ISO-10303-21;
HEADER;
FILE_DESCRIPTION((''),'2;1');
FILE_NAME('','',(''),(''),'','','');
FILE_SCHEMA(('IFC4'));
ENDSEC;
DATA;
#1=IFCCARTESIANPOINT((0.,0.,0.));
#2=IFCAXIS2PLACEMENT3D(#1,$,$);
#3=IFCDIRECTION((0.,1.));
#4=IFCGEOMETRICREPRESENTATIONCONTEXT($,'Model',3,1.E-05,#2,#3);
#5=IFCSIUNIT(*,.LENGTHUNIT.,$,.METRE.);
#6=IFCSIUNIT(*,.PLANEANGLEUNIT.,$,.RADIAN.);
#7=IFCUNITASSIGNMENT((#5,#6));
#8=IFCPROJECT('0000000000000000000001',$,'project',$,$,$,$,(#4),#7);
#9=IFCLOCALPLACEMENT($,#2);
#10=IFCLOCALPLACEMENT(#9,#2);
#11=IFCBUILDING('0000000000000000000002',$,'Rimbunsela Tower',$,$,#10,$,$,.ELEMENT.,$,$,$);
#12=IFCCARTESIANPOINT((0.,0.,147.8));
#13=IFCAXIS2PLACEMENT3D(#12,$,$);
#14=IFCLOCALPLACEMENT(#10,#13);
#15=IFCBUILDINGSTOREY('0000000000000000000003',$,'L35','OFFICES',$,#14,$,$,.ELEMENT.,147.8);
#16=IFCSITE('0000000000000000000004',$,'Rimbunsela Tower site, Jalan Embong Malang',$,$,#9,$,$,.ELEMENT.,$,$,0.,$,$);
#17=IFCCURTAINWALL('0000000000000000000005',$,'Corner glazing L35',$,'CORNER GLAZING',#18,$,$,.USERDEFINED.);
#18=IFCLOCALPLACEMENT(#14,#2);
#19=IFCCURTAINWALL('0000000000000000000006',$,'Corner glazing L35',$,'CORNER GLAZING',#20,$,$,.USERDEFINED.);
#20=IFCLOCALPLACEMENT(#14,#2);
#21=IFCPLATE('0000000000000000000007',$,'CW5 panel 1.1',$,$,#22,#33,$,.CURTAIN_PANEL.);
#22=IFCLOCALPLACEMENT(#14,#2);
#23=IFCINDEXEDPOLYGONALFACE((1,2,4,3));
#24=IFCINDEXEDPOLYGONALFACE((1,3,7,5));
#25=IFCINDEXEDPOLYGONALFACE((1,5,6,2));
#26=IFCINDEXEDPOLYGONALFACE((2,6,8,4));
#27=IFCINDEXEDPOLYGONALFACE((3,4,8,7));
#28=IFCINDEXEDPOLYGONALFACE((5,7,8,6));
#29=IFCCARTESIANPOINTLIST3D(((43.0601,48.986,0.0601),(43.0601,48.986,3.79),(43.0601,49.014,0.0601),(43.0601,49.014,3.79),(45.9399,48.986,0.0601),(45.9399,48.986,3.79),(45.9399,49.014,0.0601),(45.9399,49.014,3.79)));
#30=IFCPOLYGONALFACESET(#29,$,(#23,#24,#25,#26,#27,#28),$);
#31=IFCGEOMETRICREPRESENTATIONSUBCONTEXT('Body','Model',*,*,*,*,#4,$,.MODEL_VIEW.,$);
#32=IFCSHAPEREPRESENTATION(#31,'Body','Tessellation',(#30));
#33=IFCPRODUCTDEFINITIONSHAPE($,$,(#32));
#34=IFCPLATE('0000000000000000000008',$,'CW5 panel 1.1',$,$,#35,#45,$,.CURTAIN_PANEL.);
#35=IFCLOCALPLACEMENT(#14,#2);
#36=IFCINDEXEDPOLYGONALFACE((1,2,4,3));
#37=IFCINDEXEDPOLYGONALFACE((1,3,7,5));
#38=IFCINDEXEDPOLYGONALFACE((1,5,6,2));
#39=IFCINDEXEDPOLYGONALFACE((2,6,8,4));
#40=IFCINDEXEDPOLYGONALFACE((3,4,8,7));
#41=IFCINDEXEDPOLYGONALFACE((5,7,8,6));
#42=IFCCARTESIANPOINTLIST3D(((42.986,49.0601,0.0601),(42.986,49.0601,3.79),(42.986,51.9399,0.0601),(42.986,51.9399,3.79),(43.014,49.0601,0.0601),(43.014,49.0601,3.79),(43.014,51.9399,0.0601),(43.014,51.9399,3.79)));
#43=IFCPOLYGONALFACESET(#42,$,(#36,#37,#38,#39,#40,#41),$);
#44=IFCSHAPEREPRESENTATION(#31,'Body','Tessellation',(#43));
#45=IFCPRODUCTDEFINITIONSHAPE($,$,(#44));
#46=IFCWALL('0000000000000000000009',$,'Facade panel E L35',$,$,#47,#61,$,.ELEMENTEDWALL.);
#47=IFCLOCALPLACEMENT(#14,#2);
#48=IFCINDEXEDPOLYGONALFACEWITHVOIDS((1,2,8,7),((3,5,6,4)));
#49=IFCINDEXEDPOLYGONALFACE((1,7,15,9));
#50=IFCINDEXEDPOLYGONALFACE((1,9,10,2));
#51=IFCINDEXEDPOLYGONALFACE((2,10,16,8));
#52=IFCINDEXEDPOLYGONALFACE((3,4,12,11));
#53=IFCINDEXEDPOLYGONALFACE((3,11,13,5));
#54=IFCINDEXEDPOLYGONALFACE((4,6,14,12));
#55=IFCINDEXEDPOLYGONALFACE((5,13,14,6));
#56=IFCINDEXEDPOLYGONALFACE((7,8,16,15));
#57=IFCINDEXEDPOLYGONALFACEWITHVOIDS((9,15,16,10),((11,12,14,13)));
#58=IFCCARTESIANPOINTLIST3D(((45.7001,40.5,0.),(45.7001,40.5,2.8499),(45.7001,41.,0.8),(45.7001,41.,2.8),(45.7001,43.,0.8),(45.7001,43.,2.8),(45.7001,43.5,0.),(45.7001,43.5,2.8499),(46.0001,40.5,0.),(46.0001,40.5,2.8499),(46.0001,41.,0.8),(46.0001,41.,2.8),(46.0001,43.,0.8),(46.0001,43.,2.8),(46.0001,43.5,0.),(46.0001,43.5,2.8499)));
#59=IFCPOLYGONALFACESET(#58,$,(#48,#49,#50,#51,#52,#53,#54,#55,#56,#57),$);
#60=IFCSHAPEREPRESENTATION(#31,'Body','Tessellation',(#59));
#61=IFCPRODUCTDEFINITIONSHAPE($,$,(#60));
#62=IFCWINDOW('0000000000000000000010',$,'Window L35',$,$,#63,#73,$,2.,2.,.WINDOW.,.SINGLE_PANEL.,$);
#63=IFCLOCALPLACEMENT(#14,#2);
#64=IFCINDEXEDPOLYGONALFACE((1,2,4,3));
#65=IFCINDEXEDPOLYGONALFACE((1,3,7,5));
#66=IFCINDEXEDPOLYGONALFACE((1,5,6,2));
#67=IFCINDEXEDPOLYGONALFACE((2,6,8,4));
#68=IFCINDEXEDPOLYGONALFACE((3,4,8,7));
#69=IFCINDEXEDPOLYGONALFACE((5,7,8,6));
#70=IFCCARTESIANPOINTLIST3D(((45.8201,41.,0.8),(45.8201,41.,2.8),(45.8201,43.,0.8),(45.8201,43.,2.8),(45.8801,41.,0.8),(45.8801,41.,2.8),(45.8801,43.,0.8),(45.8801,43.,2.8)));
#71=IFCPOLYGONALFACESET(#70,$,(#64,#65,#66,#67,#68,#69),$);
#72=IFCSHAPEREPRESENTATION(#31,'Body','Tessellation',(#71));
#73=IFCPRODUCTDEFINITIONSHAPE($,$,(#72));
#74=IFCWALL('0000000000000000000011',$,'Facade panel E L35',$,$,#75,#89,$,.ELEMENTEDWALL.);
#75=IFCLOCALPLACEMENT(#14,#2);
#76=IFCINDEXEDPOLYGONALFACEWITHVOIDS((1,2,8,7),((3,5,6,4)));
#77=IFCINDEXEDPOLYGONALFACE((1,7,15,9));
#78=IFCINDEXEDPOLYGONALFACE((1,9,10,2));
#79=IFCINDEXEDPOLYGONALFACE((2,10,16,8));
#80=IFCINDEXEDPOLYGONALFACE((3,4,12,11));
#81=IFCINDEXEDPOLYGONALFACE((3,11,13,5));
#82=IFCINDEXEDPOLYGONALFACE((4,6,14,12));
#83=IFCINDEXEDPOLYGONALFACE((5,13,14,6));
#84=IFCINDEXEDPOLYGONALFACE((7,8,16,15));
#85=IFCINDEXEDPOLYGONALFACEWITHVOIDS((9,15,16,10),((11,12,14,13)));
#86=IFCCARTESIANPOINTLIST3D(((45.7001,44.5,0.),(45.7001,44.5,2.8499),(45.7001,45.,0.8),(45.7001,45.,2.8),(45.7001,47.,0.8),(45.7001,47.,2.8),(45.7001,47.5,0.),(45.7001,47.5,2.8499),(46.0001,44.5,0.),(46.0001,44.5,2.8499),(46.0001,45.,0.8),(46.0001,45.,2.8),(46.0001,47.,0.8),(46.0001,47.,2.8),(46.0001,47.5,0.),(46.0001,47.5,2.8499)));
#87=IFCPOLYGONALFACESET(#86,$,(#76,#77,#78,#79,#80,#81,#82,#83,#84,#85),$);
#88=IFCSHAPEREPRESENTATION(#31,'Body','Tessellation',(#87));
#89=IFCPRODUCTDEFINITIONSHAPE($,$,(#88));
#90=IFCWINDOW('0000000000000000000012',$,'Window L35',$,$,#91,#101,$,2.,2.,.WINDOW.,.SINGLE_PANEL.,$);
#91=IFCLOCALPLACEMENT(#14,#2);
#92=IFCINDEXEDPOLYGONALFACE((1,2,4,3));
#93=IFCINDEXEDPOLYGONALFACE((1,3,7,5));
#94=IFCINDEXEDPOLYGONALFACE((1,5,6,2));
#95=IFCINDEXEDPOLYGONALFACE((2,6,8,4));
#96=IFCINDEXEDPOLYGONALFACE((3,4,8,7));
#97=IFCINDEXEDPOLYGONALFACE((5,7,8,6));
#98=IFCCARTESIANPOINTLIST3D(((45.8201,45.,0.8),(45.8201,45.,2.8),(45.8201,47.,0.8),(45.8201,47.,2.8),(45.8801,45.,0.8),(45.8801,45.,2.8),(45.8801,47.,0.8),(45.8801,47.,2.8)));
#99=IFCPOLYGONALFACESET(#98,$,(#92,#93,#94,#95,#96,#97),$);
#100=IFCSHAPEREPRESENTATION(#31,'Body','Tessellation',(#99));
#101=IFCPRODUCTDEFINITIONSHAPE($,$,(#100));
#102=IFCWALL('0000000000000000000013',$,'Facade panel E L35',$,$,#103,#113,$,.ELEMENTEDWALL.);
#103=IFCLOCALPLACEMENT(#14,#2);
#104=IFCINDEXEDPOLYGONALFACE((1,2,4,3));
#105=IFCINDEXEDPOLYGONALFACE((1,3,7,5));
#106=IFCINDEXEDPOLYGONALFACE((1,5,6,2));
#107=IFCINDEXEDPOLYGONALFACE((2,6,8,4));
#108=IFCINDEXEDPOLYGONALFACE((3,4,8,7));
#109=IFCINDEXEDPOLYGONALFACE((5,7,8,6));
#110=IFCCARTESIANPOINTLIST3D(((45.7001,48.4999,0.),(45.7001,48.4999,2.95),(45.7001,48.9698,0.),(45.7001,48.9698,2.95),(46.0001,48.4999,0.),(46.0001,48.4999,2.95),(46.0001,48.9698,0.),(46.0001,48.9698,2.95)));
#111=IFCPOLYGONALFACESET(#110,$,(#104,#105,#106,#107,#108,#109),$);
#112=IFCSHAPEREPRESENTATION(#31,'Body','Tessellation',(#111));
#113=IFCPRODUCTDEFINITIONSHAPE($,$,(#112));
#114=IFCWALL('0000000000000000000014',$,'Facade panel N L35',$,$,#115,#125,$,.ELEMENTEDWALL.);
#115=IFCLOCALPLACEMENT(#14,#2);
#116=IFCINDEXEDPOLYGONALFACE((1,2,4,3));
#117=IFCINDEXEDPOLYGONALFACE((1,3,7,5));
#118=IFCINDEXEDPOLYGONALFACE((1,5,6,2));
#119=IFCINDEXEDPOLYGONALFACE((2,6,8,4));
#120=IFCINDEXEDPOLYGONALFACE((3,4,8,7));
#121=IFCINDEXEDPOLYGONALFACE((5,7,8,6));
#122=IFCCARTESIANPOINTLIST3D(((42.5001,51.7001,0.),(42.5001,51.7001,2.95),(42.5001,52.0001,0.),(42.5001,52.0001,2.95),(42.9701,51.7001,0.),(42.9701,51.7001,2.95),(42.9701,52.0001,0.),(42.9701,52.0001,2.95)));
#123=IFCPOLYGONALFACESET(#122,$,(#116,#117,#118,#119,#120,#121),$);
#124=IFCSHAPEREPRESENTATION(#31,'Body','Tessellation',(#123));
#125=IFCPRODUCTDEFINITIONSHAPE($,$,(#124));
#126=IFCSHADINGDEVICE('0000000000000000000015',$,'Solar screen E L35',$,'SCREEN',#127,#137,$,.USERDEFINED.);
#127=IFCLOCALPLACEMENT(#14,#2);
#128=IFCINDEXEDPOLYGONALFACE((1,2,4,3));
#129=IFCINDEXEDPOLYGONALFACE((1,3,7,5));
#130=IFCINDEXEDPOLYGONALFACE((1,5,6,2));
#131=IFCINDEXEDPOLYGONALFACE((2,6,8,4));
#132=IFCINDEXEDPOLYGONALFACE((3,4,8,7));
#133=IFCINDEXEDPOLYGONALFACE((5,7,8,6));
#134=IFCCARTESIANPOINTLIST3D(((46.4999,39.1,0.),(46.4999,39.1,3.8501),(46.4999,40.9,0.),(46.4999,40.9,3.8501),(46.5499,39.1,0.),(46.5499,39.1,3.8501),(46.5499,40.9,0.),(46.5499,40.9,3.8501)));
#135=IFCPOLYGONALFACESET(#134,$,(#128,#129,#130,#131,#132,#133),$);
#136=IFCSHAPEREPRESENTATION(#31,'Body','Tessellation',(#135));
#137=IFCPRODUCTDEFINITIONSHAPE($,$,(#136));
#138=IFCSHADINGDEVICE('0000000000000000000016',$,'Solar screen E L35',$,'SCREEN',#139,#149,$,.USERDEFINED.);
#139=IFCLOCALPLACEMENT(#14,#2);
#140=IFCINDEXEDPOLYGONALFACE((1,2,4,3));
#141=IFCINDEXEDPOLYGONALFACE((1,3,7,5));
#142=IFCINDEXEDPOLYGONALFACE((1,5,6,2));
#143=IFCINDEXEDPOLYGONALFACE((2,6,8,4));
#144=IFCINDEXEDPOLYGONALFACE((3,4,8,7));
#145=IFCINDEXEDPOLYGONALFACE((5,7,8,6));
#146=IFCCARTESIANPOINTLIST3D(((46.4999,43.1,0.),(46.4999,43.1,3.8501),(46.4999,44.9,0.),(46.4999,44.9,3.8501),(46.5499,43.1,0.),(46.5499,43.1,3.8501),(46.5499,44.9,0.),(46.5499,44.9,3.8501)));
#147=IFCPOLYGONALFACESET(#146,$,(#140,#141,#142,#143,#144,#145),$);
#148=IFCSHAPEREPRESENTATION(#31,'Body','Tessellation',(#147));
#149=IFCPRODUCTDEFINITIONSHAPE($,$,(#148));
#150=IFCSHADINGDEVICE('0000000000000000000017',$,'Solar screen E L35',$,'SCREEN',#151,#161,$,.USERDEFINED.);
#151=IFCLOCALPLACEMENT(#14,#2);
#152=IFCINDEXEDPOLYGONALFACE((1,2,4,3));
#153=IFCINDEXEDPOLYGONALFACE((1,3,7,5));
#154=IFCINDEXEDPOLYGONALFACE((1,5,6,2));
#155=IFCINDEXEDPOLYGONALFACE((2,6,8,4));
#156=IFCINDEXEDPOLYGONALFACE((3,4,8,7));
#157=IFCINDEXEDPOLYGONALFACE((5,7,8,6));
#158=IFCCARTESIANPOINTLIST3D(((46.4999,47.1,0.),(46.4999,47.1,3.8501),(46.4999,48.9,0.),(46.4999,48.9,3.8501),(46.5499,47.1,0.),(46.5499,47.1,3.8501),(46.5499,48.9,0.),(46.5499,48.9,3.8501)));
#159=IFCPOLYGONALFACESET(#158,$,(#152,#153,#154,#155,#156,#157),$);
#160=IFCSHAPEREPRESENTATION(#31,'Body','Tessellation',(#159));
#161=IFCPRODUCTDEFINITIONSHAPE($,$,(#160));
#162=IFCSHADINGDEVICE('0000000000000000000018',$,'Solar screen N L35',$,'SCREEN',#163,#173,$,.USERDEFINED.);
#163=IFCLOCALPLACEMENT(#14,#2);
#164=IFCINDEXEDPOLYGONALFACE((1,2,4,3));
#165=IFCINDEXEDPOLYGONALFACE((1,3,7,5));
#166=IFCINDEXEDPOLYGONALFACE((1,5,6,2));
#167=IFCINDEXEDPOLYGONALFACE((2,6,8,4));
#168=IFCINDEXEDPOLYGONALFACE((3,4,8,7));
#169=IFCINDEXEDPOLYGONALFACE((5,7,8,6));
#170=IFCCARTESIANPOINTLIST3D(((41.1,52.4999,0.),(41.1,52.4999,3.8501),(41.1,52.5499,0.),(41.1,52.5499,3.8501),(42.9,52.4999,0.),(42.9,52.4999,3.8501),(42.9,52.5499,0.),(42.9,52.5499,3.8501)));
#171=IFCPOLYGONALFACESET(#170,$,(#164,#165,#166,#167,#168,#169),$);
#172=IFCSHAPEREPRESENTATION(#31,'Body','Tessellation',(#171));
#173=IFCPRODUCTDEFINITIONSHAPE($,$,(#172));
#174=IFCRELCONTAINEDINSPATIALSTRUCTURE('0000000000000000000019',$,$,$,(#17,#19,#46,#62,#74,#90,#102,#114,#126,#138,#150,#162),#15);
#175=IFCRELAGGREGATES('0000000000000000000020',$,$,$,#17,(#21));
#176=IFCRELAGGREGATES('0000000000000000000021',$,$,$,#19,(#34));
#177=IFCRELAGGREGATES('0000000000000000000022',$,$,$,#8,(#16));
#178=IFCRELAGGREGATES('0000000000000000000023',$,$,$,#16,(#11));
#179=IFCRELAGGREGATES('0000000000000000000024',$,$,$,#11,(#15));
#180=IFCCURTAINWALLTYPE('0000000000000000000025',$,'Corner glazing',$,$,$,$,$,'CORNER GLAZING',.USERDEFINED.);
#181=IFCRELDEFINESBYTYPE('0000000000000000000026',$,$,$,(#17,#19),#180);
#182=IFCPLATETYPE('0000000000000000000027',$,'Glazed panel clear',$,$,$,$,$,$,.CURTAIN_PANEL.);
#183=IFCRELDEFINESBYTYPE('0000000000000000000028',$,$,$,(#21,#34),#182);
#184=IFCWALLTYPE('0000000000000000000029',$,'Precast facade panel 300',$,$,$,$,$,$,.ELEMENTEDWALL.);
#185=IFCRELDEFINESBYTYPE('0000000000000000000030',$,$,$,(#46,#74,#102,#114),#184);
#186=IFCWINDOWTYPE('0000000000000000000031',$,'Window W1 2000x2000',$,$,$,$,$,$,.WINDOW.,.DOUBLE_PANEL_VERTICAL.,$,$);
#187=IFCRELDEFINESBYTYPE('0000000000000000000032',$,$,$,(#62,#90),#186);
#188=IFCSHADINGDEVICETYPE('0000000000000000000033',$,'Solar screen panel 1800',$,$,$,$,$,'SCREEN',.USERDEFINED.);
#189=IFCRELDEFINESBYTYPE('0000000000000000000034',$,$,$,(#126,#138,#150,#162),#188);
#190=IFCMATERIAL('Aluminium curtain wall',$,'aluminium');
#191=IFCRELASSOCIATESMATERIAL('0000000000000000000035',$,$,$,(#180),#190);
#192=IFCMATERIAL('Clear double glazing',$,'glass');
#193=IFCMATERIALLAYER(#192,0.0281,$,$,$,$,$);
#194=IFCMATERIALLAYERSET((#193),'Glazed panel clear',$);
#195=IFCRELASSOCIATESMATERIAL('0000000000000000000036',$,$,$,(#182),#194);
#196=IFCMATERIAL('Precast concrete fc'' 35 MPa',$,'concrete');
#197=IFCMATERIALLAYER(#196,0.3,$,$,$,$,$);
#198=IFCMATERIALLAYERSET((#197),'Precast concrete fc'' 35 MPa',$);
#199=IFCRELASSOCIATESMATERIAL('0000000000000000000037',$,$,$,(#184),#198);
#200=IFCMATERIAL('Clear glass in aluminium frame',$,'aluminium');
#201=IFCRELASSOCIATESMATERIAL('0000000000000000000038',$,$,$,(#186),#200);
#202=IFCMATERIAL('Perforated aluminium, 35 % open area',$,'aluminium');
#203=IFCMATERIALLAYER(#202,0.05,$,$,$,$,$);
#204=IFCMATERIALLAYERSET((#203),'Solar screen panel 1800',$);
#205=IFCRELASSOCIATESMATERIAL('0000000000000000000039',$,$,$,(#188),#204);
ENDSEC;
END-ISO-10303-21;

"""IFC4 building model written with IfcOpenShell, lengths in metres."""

from ifc_helpers import new_model, si_unit, direction, frame, frame_2d, origin, origin_2d, place, context, subcontext, project, spatial, rectangle, extrude, material, layer, layer_set, type_object, element, fill, aggregate, save


model = new_model("IFC4")

# Units and contexts
model_context = context("Model", 3, precision=1e-05, world=origin(), true_north=direction((0.0, 1.0)))
body_context = subcontext(model_context, "Body", "Model", "MODEL_VIEW")
ifc_project = project(units=[si_unit("LENGTHUNIT", "METRE"), si_unit("PLANEANGLEUNIT", "RADIAN")], contexts=[model_context])

# Site, building, storey
site_placement = place(None, origin())
site = spatial("IfcSite", under=ifc_project, at=site_placement, Name="Rimbunsela Tower site, Jalan Embong Malang", CompositionType="ELEMENT", RefElevation=0.0)
building_placement = place(site_placement, origin())
building = spatial("IfcBuilding", under=site, at=building_placement, Name="Rimbunsela Tower", CompositionType="ELEMENT")
storey_placement = place(building_placement, frame((0.0, 0.0, 147.8)))
storey = spatial("IfcBuildingStorey", under=building, at=storey_placement, Name="L35", Description="OFFICES", CompositionType="ELEMENT", Elevation=147.8)

# Curtain walls
ifc_material_1 = material(Name="Aluminium curtain wall", Category="aluminium")
curtain_wall_type = type_object("IfcCurtainWallType", Name="Corner glazing", ElementType="CORNER GLAZING", PredefinedType="USERDEFINED", material=ifc_material_1)
curtain_wall_1_placement = place(storey_placement, origin())
curtain_wall_1 = element("IfcCurtainWall", 1, at=curtain_wall_1_placement, inside=storey, type_object=curtain_wall_type, Name="Corner glazing L35", ObjectType="CORNER GLAZING", PredefinedType="USERDEFINED")
curtain_wall_2_placement = place(storey_placement, origin())
curtain_wall_2 = element("IfcCurtainWall", 2, at=curtain_wall_2_placement, inside=storey, type_object=curtain_wall_type, Name="Corner glazing L35", ObjectType="CORNER GLAZING", PredefinedType="USERDEFINED")

# Plates
ifc_material_2 = material(Name="Clear double glazing", Category="glass")
ifc_layer_1 = layer(ifc_material_2, 0.0281)
ifc_layer_set_1 = layer_set([ifc_layer_1], Name="Glazed panel clear")
plate_type = type_object("IfcPlateType", Name="Glazed panel clear", PredefinedType="CURTAIN_PANEL", material=ifc_layer_set_1)
plate_1_placement = place(storey_placement, frame((44.5, 49.0, 0.0601), z_axis=(0.0, 0.0, 1.0), x_axis=(-1.0, 0.0, 0.0)))
plate_1 = element("IfcPlate", 3, at=plate_1_placement, type_object=plate_type, Name="CW5 panel 1.1", PredefinedType="CURTAIN_PANEL", context=body_context, shape_type="SweptSolid", body=[
    extrude(rectangle(XDim=2.8799, YDim=0.0281, at=origin_2d()), origin(), (0.0, 0.0, 1.0), 3.73),
])
aggregate(curtain_wall_1, [plate_1])
plate_2_placement = place(storey_placement, frame((43.0, 50.5, 0.0601), z_axis=(0.0, 0.0, 1.0), x_axis=(0.0, 1.0, 0.0)))
plate_2 = element("IfcPlate", 4, at=plate_2_placement, type_object=plate_type, Name="CW5 panel 1.1", PredefinedType="CURTAIN_PANEL", context=body_context, shape_type="SweptSolid", body=[
    extrude(rectangle(XDim=2.8799, YDim=0.0281, at=origin_2d()), origin(), (0.0, 0.0, 1.0), 3.73),
])
aggregate(curtain_wall_2, [plate_2])

# Walls, openings, windows
ifc_material_3 = material(Name="Precast concrete fc' 35 MPa", Category="concrete")
ifc_layer_2 = layer(ifc_material_3, 0.3)
ifc_layer_set_2 = layer_set([ifc_layer_2], Name="Precast concrete fc' 35 MPa")
wall_type = type_object("IfcWallType", Name="Precast facade panel 300", PredefinedType="ELEMENTEDWALL", material=ifc_layer_set_2)
wall_1_placement = place(storey_placement, frame((45.8501, 40.5, 0.0), z_axis=(0.0, 0.0, 1.0), x_axis=(0.0, 1.0, 0.0)))
wall_1 = element("IfcWall", 5, at=wall_1_placement, inside=storey, type_object=wall_type, Name="Facade panel E L35", PredefinedType="ELEMENTEDWALL", context=body_context, shape_type="SweptSolid", body=[
    extrude(rectangle(XDim=3.0, YDim=0.3, at=frame_2d((1.5, 0.0))), origin(), (0.0, 0.0, 1.0), 2.8499),
])
opening_1_placement = place(wall_1_placement, frame((0.5, 0.0, 0.8)))
opening_1 = element("IfcOpeningElement", 6, at=opening_1_placement, cuts=wall_1, PredefinedType="OPENING", context=body_context, shape_type="SweptSolid", body=[
    extrude(rectangle(XDim=2.0, YDim=2.0, at=frame_2d((1.0, 1.0))), frame((0.0, 0.1599, 0.0), z_axis=(0.0, -1.0, 0.0), x_axis=(1.0, 0.0, 0.0)), (0.0, 0.0, 1.0), 0.3201),
])
ifc_material_4 = material(Name="Clear glass in aluminium frame", Category="aluminium")
window_type = type_object("IfcWindowType", Name="Window W1 2000x2000", PartitioningType="DOUBLE_PANEL_VERTICAL", PredefinedType="WINDOW", material=ifc_material_4)
window_1_placement = place(opening_1_placement, origin())
window_1 = element("IfcWindow", 7, at=window_1_placement, inside=storey, type_object=window_type, Name="Window L35", OverallHeight=2.0, OverallWidth=2.0, PartitioningType="SINGLE_PANEL", PredefinedType="WINDOW", context=body_context, shape_type="SweptSolid", body=[
    extrude(rectangle(XDim=2.0, YDim=2.0, at=frame_2d((1.0, 1.0))), frame((0.0, 0.03, 0.0), z_axis=(0.0, -1.0, 0.0), x_axis=(1.0, 0.0, 0.0)), (0.0, 0.0, 1.0), 0.0601),
])
fill(opening_1, window_1)
wall_2_placement = place(storey_placement, frame((45.8501, 44.5, 0.0), z_axis=(0.0, 0.0, 1.0), x_axis=(0.0, 1.0, 0.0)))
wall_2 = element("IfcWall", 8, at=wall_2_placement, inside=storey, type_object=wall_type, Name="Facade panel E L35", PredefinedType="ELEMENTEDWALL", context=body_context, shape_type="SweptSolid", body=[
    extrude(rectangle(XDim=3.0, YDim=0.3, at=frame_2d((1.5, 0.0))), origin(), (0.0, 0.0, 1.0), 2.8499),
])
opening_2_placement = place(wall_2_placement, frame((0.5, 0.0, 0.8)))
opening_2 = element("IfcOpeningElement", 9, at=opening_2_placement, cuts=wall_2, PredefinedType="OPENING", context=body_context, shape_type="SweptSolid", body=[
    extrude(rectangle(XDim=2.0, YDim=2.0, at=frame_2d((1.0, 1.0))), frame((0.0, 0.1599, 0.0), z_axis=(0.0, -1.0, 0.0), x_axis=(1.0, 0.0, 0.0)), (0.0, 0.0, 1.0), 0.3201),
])
window_2_placement = place(opening_2_placement, origin())
window_2 = element("IfcWindow", 10, at=window_2_placement, inside=storey, type_object=window_type, Name="Window L35", OverallHeight=2.0, OverallWidth=2.0, PartitioningType="SINGLE_PANEL", PredefinedType="WINDOW", context=body_context, shape_type="SweptSolid", body=[
    extrude(rectangle(XDim=2.0, YDim=2.0, at=frame_2d((1.0, 1.0))), frame((0.0, 0.03, 0.0), z_axis=(0.0, -1.0, 0.0), x_axis=(1.0, 0.0, 0.0)), (0.0, 0.0, 1.0), 0.0601),
])
fill(opening_2, window_2)

# Walls
for number, where, z_axis, x_axis, name in (
    (11, (45.8501, 48.5, 0.0), (0.0, 0.0, 1.0), (0.0, 1.0, 0.0), "Facade panel E L35"),
    (12, (42.97, 51.8501, 0.0), (0.0, 0.0, 1.0), (-1.0, 0.0, 0.0), "Facade panel N L35"),
):
    element("IfcWall", number, at=place(storey_placement, frame(where, z_axis=z_axis, x_axis=x_axis)), inside=storey, type_object=wall_type, Name=name, PredefinedType="ELEMENTEDWALL", context=body_context, shape_type="SweptSolid", body=[
        extrude(rectangle(XDim=0.47, YDim=0.3, at=frame_2d((0.2349, 0.0))), origin(), (0.0, 0.0, 1.0), 2.95),
    ])

# Shading devices
ifc_material_5 = material(Name="Perforated aluminium, 35 % open area", Category="aluminium")
ifc_layer_3 = layer(ifc_material_5, 0.05)
ifc_layer_set_3 = layer_set([ifc_layer_3], Name="Solar screen panel 1800")
shading_device_type = type_object("IfcShadingDeviceType", Name="Solar screen panel 1800", ElementType="SCREEN", PredefinedType="USERDEFINED", material=ifc_layer_set_3)
for number, where, z_axis, x_axis, name in (
    (13, (46.5249, 40.0, 0.0), (0.0, 0.0, 1.0), (0.0, 1.0, 0.0), "Solar screen E L35"),
    (14, (46.5249, 44.0, 0.0), (0.0, 0.0, 1.0), (0.0, 1.0, 0.0), "Solar screen E L35"),
    (15, (46.5249, 48.0, 0.0), (0.0, 0.0, 1.0), (0.0, 1.0, 0.0), "Solar screen E L35"),
    (16, (42.0, 52.5249, 0.0), (0.0, 0.0, 1.0), (1.0, 0.0, 0.0), "Solar screen N L35"),
):
    element("IfcShadingDevice", number, at=place(storey_placement, frame(where, z_axis=z_axis, x_axis=x_axis)), inside=storey, type_object=shading_device_type, Name=name, ObjectType="SCREEN", PredefinedType="USERDEFINED", context=body_context, shape_type="SweptSolid", body=[
        extrude(rectangle(XDim=1.8, YDim=0.05, at=origin_2d()), origin(), (0.0, 0.0, 1.0), 3.8501),
    ])

save(model, "model.ifc")
